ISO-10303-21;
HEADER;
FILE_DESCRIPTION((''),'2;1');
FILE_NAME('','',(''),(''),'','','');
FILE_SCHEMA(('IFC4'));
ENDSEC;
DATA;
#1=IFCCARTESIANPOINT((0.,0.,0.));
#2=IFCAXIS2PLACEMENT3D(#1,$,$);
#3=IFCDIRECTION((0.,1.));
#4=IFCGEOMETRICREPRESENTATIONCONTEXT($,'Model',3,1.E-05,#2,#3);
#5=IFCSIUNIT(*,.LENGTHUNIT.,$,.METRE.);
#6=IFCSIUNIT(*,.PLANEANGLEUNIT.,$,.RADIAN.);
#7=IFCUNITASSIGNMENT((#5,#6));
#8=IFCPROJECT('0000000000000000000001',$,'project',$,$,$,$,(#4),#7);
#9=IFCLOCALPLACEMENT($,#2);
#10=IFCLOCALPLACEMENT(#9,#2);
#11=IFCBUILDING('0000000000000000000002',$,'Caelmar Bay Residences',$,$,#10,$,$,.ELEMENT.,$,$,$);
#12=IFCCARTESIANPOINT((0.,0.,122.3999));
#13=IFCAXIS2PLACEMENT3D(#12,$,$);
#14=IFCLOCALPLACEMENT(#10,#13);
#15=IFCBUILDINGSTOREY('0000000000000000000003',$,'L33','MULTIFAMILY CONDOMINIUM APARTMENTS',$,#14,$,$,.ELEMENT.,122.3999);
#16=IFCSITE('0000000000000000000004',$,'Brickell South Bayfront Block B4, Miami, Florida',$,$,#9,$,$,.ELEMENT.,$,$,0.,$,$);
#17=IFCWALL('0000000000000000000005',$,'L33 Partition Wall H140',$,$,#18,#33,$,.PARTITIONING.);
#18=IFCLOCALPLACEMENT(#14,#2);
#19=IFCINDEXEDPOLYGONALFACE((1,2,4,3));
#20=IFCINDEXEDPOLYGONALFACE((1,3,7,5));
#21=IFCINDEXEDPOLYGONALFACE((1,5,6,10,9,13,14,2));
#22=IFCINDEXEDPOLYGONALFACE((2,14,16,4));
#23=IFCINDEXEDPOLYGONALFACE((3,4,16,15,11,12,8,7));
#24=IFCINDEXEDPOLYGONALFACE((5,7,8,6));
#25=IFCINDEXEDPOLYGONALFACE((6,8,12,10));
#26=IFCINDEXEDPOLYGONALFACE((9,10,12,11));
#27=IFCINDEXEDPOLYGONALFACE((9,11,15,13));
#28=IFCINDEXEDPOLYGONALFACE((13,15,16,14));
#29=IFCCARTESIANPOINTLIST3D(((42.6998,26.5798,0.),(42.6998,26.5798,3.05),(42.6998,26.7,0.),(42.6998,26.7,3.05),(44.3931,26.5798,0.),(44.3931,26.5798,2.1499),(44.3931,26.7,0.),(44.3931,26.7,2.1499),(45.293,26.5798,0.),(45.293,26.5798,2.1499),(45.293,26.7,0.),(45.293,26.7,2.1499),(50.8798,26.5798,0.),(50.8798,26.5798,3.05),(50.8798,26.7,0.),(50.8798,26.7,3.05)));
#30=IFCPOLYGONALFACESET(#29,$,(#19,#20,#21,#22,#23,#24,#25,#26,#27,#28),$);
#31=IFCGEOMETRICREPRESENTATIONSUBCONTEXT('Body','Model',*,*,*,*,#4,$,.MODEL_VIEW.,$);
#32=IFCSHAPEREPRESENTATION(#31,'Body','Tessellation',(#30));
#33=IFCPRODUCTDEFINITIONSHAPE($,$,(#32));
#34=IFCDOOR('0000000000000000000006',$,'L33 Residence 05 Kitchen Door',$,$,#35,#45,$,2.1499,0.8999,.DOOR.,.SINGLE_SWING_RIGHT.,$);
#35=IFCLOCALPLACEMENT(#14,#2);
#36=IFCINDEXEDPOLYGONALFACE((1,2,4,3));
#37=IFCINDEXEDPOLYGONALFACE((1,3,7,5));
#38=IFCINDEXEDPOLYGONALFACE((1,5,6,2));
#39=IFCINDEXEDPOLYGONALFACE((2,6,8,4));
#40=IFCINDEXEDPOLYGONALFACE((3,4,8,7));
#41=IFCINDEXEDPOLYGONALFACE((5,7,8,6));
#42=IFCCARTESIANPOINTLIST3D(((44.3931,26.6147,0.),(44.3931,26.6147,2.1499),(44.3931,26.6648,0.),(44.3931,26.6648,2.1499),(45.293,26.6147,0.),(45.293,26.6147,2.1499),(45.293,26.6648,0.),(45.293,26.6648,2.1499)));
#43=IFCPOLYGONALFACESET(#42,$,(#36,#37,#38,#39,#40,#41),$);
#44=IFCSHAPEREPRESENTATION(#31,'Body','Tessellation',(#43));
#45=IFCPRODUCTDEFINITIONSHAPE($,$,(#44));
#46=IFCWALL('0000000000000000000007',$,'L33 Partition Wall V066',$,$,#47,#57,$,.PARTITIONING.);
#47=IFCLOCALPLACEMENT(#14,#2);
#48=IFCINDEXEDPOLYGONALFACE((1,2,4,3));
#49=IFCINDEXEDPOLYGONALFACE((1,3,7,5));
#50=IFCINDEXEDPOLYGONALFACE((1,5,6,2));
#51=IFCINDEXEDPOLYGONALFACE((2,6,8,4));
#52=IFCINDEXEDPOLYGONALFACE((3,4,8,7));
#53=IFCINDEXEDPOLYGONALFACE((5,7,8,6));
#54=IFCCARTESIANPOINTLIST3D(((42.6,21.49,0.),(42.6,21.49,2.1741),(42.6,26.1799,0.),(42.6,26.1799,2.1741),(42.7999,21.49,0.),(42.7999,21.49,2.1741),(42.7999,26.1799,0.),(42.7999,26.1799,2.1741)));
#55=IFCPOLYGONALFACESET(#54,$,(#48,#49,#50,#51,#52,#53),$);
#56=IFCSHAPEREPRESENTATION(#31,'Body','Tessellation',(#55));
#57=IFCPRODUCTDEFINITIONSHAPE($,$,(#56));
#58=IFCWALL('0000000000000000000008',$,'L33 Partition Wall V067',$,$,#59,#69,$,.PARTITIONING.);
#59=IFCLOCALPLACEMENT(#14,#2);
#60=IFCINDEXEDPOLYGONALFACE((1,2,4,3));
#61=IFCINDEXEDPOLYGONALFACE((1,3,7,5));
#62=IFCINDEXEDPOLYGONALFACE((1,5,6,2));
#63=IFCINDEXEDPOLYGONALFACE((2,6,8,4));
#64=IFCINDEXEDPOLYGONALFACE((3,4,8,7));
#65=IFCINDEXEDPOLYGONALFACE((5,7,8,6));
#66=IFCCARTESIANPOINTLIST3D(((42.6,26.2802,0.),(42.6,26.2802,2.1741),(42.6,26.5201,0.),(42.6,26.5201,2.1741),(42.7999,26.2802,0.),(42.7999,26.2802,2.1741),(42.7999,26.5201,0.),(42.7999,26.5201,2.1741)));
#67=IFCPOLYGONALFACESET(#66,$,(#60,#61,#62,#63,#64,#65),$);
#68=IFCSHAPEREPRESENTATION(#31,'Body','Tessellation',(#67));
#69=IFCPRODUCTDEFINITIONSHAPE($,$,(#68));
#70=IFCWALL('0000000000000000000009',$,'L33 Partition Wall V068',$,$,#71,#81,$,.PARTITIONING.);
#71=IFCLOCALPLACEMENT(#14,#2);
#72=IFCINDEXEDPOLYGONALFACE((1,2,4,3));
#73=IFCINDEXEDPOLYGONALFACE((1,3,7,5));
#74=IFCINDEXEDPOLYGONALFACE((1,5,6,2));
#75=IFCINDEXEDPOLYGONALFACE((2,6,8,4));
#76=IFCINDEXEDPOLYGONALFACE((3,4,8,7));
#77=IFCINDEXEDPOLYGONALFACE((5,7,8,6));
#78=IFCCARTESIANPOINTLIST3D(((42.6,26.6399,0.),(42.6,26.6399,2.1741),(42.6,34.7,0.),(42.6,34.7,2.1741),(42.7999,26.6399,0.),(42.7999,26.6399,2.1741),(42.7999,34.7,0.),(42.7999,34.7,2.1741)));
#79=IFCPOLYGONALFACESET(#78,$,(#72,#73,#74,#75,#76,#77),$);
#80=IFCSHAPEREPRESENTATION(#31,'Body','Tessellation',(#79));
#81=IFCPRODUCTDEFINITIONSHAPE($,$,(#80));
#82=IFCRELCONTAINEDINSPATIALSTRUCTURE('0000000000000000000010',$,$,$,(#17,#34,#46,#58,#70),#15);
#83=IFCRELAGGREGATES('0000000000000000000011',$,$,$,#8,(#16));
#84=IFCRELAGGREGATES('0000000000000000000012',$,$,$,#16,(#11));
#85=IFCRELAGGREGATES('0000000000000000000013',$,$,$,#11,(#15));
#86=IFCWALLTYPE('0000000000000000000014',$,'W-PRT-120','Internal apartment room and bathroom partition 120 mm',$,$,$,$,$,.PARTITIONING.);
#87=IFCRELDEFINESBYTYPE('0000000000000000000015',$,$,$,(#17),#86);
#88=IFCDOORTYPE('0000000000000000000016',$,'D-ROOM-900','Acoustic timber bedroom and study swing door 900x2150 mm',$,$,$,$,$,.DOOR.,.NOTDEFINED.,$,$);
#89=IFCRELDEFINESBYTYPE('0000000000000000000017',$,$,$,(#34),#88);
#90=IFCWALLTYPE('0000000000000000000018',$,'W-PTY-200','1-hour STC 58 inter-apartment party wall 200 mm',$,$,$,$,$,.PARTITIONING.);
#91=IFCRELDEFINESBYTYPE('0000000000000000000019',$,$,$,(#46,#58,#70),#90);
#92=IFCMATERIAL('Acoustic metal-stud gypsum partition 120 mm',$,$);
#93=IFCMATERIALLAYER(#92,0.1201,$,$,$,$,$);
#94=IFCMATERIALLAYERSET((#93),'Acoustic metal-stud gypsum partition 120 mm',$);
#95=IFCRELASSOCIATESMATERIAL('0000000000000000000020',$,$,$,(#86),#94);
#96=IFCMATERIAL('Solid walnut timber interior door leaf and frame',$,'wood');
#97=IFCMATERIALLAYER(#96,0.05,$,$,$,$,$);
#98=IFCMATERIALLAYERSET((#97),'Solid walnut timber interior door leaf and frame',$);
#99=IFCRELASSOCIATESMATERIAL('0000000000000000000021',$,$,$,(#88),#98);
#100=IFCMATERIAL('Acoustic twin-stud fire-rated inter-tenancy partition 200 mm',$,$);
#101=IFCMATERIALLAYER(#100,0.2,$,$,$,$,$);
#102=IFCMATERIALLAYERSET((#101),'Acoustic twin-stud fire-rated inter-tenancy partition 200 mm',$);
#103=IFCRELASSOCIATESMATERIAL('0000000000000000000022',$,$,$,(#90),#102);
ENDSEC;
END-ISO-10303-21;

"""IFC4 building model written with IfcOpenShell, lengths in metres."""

from ifc_helpers import new_model, si_unit, direction, frame, frame_2d, origin, place, context, subcontext, project, spatial, rectangle, extrude, material, layer, layer_set, type_object, element, fill, save


model = new_model("IFC4")

# Units and contexts
model_context = context("Model", 3, precision=1e-05, world=origin(), true_north=direction((0.0, 1.0)))
body_context = subcontext(model_context, "Body", "Model", "MODEL_VIEW")
ifc_project = project(units=[si_unit("LENGTHUNIT", "METRE"), si_unit("PLANEANGLEUNIT", "RADIAN")], contexts=[model_context])

# Site, building, storey
site_placement = place(None, origin())
site = spatial("IfcSite", under=ifc_project, at=site_placement, Name="Brickell South Bayfront Block B4, Miami, Florida", CompositionType="ELEMENT", RefElevation=0.0)
building_placement = place(site_placement, origin())
building = spatial("IfcBuilding", under=site, at=building_placement, Name="Caelmar Bay Residences", CompositionType="ELEMENT")
storey_placement = place(building_placement, frame((0.0, 0.0, 122.3999)))
storey = spatial("IfcBuildingStorey", under=building, at=storey_placement, Name="L33", Description="MULTIFAMILY CONDOMINIUM APARTMENTS", CompositionType="ELEMENT", Elevation=122.3999)

# Shared definitions
ifc_material_1 = material(Name="Acoustic metal-stud gypsum partition 120 mm")
ifc_layer_1 = layer(ifc_material_1, 0.1201)
ifc_layer_set_1 = layer_set([ifc_layer_1], Name="Acoustic metal-stud gypsum partition 120 mm")
wall_type_1 = type_object("IfcWallType", Name="W-PRT-120", Description="Internal apartment room and bathroom partition 120 mm", PredefinedType="PARTITIONING", material=ifc_layer_set_1)
ifc_material_2 = material(Name="Solid walnut timber interior door leaf and frame", Category="wood")
ifc_layer_2 = layer(ifc_material_2, 0.05)
ifc_layer_set_2 = layer_set([ifc_layer_2], Name="Solid walnut timber interior door leaf and frame")
door_type_1 = type_object("IfcDoorType", Name="D-ROOM-900", Description="Acoustic timber bedroom and study swing door 900x2150 mm", OperationType="NOTDEFINED", PredefinedType="DOOR", material=ifc_layer_set_2)

# Wall, opening, door
wall_1_placement = place(storey_placement, frame((42.7, 26.6399, 0.0), z_axis=(0.0, 0.0, 1.0), x_axis=(1.0, 0.0, 0.0)))
wall_1 = element("IfcWall", 1, at=wall_1_placement, inside=storey, type_object=wall_type_1, Name="L33 Partition Wall H140", PredefinedType="PARTITIONING", context=body_context, shape_type="SweptSolid", body=[
    extrude(rectangle(XDim=8.1799, YDim=0.1201, at=frame_2d((4.0898, 0.0))), origin(), (0.0, 0.0, 1.0), 3.05),
])
opening_1_placement = place(wall_1_placement, frame((1.6931, 0.0, 0.0)))
opening_1 = element("IfcOpeningElement", 2, at=opening_1_placement, cuts=wall_1, PredefinedType="OPENING", context=body_context, shape_type="SweptSolid", body=[
    extrude(rectangle(XDim=0.8999, YDim=2.1499, at=frame_2d((0.45, 1.075))), frame((0.0, 0.0701, 0.0), z_axis=(0.0, -1.0, 0.0), x_axis=(1.0, 0.0, 0.0)), (0.0, 0.0, 1.0), 0.1401),
])
door_1_placement = place(opening_1_placement, origin())
door_1 = element("IfcDoor", 3, at=door_1_placement, inside=storey, type_object=door_type_1, Name="L33 Residence 05 Kitchen Door", OperationType="SINGLE_SWING_RIGHT", OverallHeight=2.1499, OverallWidth=0.8999, PredefinedType="DOOR", context=body_context, shape_type="SweptSolid", body=[
    extrude(rectangle(XDim=0.8999, YDim=2.1499, at=frame_2d((0.45, 1.075))), frame((0.0, 0.0249, 0.0), z_axis=(0.0, -1.0, 0.0), x_axis=(1.0, 0.0, 0.0)), (0.0, 0.0, 1.0), 0.05),
])
fill(opening_1, door_1)

# Walls
ifc_material_3 = material(Name="Acoustic twin-stud fire-rated inter-tenancy partition 200 mm")
ifc_layer_3 = layer(ifc_material_3, 0.2)
ifc_layer_set_3 = layer_set([ifc_layer_3], Name="Acoustic twin-stud fire-rated inter-tenancy partition 200 mm")
wall_type_2 = type_object("IfcWallType", Name="W-PTY-200", Description="1-hour STC 58 inter-apartment party wall 200 mm", PredefinedType="PARTITIONING", material=ifc_layer_set_3)
wall_2_placement = place(storey_placement, frame((42.7, 21.49, 0.0), z_axis=(0.0, 0.0, 1.0), x_axis=(0.0, 1.0, 0.0)))
element("IfcWall", 4, at=wall_2_placement, inside=storey, type_object=wall_type_2, Name="L33 Partition Wall V066", PredefinedType="PARTITIONING", context=body_context, shape_type="SweptSolid", body=[
    extrude(rectangle(XDim=4.6899, YDim=0.2, at=frame_2d((2.345, 0.0))), origin(), (0.0, 0.0, 1.0), 2.1741),
])
wall_3_placement = place(storey_placement, frame((42.7, 26.28, 0.0), z_axis=(0.0, 0.0, 1.0), x_axis=(0.0, 1.0, 0.0)))
element("IfcWall", 5, at=wall_3_placement, inside=storey, type_object=wall_type_2, Name="L33 Partition Wall V067", PredefinedType="PARTITIONING", context=body_context, shape_type="SweptSolid", body=[
    extrude(rectangle(XDim=0.24, YDim=0.2, at=frame_2d((0.1201, 0.0))), origin(), (0.0, 0.0, 1.0), 2.1741),
])
wall_4_placement = place(storey_placement, frame((42.7, 26.6399, 0.0), z_axis=(0.0, 0.0, 1.0), x_axis=(0.0, 1.0, 0.0)))
element("IfcWall", 6, at=wall_4_placement, inside=storey, type_object=wall_type_2, Name="L33 Partition Wall V068", PredefinedType="PARTITIONING", context=body_context, shape_type="SweptSolid", body=[
    extrude(rectangle(XDim=8.0601, YDim=0.2, at=frame_2d((4.03, 0.0))), origin(), (0.0, 0.0, 1.0), 2.1741),
])

save(model, "model.ifc")
